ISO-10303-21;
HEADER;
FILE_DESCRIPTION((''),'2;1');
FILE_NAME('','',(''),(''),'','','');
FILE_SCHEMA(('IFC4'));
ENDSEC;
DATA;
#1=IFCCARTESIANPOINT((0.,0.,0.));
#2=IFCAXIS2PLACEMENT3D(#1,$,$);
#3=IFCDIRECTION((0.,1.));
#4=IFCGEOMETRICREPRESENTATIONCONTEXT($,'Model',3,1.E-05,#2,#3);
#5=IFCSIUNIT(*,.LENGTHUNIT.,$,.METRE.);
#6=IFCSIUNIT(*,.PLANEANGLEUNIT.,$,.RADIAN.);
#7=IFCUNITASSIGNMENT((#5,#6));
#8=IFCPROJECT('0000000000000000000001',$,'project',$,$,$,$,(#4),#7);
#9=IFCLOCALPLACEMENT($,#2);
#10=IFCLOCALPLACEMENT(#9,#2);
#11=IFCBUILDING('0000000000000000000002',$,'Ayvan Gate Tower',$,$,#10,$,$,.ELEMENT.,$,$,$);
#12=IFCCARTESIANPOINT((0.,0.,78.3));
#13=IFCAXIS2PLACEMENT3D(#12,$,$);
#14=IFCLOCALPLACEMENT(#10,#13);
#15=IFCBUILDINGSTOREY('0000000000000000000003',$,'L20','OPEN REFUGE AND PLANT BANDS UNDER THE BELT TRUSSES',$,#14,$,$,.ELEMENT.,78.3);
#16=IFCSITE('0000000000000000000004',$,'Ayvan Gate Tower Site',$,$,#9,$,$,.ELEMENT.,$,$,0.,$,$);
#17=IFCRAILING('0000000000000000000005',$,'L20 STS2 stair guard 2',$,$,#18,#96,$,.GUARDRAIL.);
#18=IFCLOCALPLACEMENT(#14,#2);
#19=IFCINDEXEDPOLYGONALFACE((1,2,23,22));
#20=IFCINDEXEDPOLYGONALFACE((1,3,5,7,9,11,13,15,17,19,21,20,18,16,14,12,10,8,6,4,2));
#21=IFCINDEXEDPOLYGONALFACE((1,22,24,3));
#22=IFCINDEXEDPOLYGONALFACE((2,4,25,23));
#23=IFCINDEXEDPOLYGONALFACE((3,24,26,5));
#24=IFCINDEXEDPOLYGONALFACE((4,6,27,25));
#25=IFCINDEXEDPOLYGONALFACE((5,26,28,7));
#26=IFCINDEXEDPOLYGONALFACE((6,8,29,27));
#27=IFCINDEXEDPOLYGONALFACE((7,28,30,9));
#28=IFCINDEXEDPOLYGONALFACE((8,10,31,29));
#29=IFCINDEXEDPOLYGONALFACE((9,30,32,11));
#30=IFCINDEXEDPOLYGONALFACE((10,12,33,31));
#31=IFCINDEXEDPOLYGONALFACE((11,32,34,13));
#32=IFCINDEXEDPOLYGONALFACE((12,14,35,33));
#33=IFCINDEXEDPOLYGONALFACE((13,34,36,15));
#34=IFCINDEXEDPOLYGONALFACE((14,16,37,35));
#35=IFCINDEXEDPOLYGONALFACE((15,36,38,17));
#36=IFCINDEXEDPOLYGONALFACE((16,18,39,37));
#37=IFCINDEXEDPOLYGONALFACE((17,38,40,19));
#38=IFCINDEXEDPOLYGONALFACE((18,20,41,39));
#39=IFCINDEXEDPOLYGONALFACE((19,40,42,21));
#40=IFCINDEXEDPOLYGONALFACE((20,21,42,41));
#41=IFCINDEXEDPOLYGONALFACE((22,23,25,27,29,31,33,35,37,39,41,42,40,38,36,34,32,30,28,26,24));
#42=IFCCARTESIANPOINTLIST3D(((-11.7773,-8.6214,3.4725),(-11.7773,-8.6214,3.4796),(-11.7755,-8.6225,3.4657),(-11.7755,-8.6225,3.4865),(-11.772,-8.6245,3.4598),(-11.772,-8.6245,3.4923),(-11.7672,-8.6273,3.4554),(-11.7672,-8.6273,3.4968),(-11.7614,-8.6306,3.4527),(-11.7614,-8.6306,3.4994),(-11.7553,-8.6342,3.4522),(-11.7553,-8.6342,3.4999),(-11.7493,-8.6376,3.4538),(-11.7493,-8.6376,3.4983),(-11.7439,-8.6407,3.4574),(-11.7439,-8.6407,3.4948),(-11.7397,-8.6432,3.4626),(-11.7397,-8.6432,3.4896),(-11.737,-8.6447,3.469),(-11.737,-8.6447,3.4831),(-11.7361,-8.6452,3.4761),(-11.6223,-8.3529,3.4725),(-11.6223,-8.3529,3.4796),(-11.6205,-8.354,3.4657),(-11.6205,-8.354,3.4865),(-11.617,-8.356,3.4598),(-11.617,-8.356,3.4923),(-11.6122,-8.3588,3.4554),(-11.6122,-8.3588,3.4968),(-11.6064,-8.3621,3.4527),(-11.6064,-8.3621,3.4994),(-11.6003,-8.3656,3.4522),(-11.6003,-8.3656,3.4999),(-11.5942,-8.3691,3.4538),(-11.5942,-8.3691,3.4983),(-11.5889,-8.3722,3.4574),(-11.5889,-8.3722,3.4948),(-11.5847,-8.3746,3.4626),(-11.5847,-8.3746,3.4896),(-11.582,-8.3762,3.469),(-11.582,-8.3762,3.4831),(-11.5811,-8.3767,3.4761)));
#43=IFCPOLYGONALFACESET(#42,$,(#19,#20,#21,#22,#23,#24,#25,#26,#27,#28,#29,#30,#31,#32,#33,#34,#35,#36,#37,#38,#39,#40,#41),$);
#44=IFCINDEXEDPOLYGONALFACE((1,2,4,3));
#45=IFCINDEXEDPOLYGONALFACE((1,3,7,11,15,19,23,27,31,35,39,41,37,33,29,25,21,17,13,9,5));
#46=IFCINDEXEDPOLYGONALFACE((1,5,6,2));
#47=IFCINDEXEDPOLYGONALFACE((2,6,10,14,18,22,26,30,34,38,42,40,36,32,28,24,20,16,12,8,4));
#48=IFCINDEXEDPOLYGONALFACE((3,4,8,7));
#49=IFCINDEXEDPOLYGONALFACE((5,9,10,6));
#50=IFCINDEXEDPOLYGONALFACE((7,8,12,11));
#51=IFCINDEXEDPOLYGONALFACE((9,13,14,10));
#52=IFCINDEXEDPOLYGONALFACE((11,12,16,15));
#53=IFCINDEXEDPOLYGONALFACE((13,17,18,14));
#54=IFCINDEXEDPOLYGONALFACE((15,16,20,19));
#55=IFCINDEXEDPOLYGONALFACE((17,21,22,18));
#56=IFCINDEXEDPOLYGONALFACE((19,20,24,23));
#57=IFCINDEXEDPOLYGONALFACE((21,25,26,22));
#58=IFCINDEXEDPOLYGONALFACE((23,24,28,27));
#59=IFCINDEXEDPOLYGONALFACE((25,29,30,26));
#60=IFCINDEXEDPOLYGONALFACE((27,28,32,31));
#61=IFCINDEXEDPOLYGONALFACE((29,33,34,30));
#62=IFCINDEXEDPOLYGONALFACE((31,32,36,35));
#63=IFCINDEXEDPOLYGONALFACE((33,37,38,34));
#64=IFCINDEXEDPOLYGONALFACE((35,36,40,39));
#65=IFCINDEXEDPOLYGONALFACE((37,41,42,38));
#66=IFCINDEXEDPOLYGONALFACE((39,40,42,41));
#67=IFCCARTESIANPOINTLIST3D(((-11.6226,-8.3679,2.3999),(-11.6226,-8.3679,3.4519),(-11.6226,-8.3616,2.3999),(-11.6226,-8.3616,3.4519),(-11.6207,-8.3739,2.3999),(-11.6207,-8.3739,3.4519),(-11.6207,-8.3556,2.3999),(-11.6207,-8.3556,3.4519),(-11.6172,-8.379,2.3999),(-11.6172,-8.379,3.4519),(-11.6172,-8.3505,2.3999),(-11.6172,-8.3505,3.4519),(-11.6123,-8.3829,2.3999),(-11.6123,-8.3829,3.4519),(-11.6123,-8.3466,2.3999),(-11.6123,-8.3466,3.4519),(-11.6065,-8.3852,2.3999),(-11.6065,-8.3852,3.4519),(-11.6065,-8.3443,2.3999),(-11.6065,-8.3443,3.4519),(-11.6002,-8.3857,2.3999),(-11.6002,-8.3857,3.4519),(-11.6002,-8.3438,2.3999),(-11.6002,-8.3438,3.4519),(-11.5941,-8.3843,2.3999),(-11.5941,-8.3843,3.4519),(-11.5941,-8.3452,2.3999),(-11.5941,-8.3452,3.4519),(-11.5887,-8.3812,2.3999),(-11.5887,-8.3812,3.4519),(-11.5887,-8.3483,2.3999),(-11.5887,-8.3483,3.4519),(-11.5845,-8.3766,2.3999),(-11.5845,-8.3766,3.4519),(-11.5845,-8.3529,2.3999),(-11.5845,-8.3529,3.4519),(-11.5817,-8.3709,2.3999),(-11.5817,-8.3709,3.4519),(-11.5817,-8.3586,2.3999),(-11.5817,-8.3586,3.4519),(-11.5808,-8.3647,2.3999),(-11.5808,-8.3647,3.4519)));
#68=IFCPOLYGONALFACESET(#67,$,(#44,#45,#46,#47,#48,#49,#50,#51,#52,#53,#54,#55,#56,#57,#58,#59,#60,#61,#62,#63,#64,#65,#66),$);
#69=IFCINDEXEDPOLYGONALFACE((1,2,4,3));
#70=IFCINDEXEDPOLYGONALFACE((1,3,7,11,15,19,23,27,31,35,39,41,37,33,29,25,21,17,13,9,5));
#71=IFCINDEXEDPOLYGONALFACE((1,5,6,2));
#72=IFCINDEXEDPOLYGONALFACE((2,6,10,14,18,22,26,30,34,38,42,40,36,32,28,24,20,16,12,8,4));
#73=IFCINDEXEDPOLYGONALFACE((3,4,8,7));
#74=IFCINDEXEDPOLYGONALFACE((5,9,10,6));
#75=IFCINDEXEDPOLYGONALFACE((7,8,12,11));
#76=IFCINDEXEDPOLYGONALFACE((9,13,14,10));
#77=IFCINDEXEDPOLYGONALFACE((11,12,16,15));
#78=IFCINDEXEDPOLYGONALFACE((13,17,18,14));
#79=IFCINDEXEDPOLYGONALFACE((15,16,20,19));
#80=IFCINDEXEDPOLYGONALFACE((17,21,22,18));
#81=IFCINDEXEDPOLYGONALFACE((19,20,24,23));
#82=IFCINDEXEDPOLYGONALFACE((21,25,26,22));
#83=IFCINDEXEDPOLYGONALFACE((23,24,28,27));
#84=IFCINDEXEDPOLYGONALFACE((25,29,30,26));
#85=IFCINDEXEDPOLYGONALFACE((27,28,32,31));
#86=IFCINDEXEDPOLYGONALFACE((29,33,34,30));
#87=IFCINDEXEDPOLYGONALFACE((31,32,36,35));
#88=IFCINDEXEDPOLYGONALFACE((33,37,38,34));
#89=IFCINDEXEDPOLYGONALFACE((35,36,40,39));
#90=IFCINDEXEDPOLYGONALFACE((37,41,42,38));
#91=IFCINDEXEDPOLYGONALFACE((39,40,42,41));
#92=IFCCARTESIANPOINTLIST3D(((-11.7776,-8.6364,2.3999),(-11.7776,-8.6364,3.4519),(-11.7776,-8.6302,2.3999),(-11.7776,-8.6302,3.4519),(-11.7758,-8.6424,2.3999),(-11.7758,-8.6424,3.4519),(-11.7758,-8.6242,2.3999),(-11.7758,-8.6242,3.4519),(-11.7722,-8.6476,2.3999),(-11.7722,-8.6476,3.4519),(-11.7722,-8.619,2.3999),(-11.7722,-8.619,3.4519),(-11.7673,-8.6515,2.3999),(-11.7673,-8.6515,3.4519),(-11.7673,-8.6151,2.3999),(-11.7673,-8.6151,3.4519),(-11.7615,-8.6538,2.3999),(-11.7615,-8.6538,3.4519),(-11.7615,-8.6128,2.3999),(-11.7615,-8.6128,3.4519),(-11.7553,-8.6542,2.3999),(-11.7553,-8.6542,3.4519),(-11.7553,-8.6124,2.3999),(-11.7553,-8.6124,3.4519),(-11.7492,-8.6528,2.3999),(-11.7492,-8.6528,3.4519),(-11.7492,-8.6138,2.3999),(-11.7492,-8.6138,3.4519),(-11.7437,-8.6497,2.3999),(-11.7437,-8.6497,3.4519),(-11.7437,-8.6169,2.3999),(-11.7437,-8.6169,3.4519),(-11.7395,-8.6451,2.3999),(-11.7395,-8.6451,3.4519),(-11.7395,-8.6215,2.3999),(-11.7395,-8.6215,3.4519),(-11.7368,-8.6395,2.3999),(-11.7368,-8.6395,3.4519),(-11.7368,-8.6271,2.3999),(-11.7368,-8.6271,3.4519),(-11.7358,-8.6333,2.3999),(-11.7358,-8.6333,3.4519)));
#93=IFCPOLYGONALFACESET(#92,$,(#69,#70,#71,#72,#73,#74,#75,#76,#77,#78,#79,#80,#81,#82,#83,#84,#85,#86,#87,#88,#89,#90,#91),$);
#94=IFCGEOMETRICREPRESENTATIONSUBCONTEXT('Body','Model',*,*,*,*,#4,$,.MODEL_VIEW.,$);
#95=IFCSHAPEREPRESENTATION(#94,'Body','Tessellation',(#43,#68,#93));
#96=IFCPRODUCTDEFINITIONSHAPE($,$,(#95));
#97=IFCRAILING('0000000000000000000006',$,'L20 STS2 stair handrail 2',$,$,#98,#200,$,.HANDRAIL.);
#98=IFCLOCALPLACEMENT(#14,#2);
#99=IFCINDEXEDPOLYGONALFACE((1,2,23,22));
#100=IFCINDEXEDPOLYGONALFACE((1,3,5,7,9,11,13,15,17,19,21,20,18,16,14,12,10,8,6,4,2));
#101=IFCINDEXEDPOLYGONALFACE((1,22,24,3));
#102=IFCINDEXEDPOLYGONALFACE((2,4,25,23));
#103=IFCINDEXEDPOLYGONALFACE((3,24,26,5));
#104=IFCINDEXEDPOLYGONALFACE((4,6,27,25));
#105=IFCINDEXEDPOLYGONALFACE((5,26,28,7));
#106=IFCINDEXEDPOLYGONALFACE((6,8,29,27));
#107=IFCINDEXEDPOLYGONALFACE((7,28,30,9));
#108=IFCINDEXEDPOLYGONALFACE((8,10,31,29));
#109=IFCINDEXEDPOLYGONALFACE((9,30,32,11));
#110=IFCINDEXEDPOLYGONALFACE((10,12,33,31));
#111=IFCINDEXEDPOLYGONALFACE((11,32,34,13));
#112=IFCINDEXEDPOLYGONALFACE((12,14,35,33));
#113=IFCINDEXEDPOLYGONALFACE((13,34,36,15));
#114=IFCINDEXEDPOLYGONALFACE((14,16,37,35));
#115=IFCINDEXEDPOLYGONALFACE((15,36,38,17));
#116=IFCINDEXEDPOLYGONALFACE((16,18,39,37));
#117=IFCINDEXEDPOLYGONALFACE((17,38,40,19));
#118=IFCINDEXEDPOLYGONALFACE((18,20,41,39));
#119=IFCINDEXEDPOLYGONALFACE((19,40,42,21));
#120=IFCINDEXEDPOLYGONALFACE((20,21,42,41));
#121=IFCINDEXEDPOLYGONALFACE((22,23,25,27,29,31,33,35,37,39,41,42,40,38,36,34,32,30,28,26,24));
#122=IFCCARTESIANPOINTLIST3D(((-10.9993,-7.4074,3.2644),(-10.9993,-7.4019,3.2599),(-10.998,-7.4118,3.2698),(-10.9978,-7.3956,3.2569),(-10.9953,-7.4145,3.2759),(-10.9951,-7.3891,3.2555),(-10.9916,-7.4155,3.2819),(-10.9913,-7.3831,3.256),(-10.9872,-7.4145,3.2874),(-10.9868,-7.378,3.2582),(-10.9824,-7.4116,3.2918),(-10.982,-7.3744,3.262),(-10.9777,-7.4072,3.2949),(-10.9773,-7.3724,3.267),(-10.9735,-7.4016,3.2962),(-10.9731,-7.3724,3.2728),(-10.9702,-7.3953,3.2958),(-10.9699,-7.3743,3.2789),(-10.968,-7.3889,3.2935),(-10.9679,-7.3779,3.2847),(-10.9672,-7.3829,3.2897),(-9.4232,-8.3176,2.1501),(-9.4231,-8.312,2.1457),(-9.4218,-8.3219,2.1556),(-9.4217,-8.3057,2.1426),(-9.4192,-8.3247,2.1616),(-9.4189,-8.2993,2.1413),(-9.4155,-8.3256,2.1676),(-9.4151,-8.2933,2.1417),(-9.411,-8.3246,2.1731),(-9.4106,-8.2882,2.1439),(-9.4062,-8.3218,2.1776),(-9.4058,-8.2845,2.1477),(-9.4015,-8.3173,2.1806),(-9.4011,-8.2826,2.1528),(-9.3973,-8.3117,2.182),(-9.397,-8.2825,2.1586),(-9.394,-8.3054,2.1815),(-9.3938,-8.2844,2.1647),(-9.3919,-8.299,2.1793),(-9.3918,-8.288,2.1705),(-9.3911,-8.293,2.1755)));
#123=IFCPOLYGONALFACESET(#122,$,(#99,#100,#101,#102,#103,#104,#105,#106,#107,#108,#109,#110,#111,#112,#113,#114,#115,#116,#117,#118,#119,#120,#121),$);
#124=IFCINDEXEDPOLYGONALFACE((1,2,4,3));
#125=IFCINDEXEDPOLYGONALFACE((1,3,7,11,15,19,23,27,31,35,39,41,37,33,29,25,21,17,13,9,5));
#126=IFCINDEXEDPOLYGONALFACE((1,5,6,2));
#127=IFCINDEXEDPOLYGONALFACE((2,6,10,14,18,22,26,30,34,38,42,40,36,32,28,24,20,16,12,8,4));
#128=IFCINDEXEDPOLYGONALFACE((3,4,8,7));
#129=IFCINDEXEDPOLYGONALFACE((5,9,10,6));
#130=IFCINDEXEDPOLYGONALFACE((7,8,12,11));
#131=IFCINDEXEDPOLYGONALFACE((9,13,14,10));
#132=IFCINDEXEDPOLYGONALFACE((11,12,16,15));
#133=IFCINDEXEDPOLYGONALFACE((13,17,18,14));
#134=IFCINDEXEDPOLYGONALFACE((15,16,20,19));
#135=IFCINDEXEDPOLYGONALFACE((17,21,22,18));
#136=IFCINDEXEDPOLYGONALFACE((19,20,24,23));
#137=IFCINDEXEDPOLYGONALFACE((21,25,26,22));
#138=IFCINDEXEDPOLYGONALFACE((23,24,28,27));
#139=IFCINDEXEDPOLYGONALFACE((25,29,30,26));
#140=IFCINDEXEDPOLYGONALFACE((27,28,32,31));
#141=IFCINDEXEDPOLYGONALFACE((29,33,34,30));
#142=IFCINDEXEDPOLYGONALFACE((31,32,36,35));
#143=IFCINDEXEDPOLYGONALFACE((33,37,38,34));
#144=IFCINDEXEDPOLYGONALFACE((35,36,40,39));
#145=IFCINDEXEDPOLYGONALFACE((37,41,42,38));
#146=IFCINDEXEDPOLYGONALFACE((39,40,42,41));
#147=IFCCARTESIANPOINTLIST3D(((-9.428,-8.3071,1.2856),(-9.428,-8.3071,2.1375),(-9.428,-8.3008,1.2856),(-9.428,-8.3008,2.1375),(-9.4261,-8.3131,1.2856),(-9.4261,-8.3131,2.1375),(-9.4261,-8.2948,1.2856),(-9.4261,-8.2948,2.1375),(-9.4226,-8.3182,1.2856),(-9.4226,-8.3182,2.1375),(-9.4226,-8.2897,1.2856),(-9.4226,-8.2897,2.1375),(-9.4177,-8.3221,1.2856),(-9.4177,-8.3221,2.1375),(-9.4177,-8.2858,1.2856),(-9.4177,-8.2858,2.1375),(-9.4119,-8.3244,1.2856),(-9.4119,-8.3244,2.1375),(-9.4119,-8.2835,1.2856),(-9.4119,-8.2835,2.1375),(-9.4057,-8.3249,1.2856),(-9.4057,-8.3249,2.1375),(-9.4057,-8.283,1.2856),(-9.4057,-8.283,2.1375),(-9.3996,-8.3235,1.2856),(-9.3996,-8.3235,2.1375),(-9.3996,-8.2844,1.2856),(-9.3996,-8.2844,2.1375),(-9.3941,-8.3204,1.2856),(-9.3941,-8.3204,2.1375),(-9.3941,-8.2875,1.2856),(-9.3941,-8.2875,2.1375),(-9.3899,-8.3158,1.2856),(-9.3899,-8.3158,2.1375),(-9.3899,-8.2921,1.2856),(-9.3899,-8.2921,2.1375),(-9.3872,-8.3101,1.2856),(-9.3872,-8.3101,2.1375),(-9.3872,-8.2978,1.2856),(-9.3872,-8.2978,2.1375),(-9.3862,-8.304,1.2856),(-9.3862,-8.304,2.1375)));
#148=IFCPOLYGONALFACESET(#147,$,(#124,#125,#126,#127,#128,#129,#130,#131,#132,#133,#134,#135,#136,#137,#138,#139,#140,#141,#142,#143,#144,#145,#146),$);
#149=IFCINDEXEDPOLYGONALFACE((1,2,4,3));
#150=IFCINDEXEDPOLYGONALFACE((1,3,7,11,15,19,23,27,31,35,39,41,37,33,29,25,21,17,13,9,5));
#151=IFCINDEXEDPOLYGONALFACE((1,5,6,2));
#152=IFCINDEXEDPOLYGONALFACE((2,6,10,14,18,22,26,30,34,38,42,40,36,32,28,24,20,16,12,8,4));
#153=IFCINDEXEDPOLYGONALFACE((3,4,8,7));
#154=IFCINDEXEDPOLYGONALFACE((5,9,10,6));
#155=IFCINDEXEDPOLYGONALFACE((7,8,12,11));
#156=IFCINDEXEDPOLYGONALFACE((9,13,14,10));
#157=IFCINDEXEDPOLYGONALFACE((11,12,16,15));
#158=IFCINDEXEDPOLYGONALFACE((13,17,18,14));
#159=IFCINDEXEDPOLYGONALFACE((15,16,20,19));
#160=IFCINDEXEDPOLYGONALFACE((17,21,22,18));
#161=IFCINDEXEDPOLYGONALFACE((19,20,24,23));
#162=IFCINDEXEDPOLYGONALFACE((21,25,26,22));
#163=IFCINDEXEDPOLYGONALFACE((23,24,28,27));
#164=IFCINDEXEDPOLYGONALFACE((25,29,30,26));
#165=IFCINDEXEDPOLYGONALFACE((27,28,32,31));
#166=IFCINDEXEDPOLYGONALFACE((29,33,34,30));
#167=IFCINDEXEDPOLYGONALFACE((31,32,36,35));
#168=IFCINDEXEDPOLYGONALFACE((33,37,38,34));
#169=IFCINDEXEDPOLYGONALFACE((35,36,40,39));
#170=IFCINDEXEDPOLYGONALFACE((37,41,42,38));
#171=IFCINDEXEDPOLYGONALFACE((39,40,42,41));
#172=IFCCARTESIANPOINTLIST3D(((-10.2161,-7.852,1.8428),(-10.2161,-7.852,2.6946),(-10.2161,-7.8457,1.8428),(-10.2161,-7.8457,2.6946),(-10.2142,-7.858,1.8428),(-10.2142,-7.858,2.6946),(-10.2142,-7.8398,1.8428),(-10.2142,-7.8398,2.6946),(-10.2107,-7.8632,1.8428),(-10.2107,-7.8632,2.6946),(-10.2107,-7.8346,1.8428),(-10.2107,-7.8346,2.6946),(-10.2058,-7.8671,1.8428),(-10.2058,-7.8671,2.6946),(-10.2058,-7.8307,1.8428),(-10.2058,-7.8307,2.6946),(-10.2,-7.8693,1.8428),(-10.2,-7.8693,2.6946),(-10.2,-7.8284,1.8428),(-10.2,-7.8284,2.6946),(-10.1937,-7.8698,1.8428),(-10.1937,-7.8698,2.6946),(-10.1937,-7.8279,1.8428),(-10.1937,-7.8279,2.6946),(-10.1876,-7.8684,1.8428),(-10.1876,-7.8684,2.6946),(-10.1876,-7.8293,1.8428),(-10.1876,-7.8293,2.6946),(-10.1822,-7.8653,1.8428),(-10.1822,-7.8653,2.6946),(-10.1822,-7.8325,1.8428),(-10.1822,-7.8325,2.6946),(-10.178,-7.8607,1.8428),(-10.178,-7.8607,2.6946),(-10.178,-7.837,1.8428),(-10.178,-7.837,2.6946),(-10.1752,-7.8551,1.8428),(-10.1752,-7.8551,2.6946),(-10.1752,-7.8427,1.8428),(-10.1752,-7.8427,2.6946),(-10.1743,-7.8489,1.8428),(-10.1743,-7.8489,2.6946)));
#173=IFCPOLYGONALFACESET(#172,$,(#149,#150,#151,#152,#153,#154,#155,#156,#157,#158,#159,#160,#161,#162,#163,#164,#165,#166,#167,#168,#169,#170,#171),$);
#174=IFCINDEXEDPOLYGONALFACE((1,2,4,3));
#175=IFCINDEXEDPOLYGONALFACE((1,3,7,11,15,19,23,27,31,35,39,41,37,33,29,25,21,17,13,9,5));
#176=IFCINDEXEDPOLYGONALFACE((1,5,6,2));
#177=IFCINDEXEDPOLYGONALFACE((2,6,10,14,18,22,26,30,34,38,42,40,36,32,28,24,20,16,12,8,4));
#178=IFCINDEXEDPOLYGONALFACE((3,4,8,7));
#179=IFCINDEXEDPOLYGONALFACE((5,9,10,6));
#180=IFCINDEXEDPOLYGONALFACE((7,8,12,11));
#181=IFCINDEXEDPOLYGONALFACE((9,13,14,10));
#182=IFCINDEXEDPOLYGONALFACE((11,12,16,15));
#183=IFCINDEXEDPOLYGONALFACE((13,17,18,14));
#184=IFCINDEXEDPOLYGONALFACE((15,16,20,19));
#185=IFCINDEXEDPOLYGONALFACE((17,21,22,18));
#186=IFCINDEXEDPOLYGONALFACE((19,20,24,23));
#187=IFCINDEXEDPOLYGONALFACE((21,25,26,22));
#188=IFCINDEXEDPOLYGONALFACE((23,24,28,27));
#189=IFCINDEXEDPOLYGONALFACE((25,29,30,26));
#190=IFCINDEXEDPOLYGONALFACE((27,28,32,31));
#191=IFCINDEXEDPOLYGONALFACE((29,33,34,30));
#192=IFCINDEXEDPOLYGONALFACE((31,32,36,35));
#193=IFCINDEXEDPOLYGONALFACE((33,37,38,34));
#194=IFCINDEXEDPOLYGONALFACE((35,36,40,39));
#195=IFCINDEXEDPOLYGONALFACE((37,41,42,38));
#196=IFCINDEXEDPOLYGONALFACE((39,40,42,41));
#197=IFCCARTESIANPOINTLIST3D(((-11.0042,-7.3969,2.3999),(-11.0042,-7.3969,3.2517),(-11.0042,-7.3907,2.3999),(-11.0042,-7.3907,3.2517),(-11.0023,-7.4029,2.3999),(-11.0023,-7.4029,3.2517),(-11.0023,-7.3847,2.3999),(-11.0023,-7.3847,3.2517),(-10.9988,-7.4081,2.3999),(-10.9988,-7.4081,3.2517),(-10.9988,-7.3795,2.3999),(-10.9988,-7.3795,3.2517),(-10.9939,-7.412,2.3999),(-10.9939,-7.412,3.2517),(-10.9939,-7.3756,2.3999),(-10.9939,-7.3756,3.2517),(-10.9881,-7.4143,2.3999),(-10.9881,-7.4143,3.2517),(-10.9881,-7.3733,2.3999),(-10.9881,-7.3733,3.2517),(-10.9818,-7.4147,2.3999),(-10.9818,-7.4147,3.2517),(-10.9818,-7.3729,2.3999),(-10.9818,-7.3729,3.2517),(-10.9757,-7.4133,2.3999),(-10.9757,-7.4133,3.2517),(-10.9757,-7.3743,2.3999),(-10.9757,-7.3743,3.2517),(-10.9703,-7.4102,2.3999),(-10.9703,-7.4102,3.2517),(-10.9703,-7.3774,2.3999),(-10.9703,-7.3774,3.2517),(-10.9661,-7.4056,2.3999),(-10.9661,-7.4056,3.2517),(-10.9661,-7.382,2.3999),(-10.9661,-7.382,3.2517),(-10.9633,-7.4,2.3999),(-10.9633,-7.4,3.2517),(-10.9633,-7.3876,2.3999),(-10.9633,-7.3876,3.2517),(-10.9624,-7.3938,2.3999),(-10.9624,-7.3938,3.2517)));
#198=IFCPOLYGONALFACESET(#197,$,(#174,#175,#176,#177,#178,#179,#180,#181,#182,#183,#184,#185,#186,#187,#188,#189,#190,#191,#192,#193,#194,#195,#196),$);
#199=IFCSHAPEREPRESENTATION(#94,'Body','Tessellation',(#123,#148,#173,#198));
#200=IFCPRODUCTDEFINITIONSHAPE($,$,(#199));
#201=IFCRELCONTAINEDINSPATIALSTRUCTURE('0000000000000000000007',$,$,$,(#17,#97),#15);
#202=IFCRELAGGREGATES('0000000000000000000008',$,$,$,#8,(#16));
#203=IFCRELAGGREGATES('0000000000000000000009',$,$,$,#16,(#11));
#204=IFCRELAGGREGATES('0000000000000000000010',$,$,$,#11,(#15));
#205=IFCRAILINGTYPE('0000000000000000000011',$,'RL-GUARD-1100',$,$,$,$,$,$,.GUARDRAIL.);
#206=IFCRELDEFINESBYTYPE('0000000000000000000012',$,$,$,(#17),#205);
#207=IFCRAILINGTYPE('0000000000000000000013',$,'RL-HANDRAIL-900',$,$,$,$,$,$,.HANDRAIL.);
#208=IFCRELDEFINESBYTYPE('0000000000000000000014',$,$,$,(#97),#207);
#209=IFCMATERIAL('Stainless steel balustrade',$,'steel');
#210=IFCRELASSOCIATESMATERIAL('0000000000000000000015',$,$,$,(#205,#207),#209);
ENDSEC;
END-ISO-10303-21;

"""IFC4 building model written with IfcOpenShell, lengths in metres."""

from ifc_helpers import new_model, si_unit, direction, frame, origin, origin_2d, place, context, subcontext, project, spatial, circle, extrude, material, type_object, element, save


model = new_model("IFC4")

# Units and contexts
model_context = context("Model", 3, precision=1e-05, world=origin(), true_north=direction((0.0, 1.0)))
body_context = subcontext(model_context, "Body", "Model", "MODEL_VIEW")
ifc_project = project(units=[si_unit("LENGTHUNIT", "METRE"), si_unit("PLANEANGLEUNIT", "RADIAN")], contexts=[model_context])

# Site, building, storey
site_placement = place(None, origin())
site = spatial("IfcSite", under=ifc_project, at=site_placement, Name="Ayvan Gate Tower Site", CompositionType="ELEMENT", RefElevation=0.0)
building_placement = place(site_placement, origin())
building = spatial("IfcBuilding", under=site, at=building_placement, Name="Ayvan Gate Tower", CompositionType="ELEMENT")
storey_placement = place(building_placement, frame((0.0, 0.0, 78.3)))
storey = spatial("IfcBuildingStorey", under=building, at=storey_placement, Name="L20", Description="OPEN REFUGE AND PLANT BANDS UNDER THE BELT TRUSSES", CompositionType="ELEMENT", Elevation=78.3)

# Railings
ifc_material_1 = material(Name="Stainless steel balustrade", Category="steel")
railing_type_1 = type_object("IfcRailingType", Name="RL-GUARD-1100", PredefinedType="GUARDRAIL", material=ifc_material_1)
railing_1_placement = place(storey_placement, frame((-11.6018, -8.3647, 2.3999)))
element("IfcRailing", 1, at=railing_1_placement, inside=storey, type_object=railing_type_1, Name="L20 STS2 stair guard 2", PredefinedType="GUARDRAIL", context=body_context, shape_type="SweptSolid", body=[
    extrude(circle(Radius=0.0239, at=origin_2d()), frame((0.0, 0.0, 1.0762), z_axis=(-0.49995, -0.866054, 0.0), x_axis=(0.866054, -0.49995, 0.0)), (0.0, 0.0, 1.0), 0.3101),
    extrude(circle(Radius=0.021, at=origin_2d()), origin(), (0.0, 0.0, 1.0), 1.052),
    extrude(circle(Radius=0.021, at=origin_2d()), frame((-0.155, -0.2686, 0.0)), (0.0, 0.0, 1.0), 1.052),
])
railing_type_2 = type_object("IfcRailingType", Name="RL-HANDRAIL-900", PredefinedType="HANDRAIL", material=ifc_material_1)
railing_2_placement = place(storey_placement, frame((-9.4072, -8.304, 1.2856)))
element("IfcRailing", 2, at=railing_2_placement, inside=storey, type_object=railing_type_2, Name="L20 STS2 stair handrail 2", PredefinedType="HANDRAIL", context=body_context, shape_type="SweptSolid", body=[
    extrude(circle(Radius=0.0239, at=origin_2d()), frame((0.0, 0.0, 0.876), z_axis=(-0.738574, 0.426488, 0.522127), x_axis=(-0.500063, -0.865989, 0.0)), (0.0, 0.0, 1.0), 2.134),
    extrude(circle(Radius=0.021, at=origin_2d()), origin(), (0.0, 0.0, 1.0), 0.8518),
    extrude(circle(Radius=0.021, at=origin_2d()), frame((-0.7881, 0.4551, 0.5571)), (0.0, 0.0, 1.0), 0.8518),
    extrude(circle(Radius=0.021, at=origin_2d()), frame((-1.5762, 0.9102, 1.1143)), (0.0, 0.0, 1.0), 0.8518),
])

save(model, "model.ifc")
